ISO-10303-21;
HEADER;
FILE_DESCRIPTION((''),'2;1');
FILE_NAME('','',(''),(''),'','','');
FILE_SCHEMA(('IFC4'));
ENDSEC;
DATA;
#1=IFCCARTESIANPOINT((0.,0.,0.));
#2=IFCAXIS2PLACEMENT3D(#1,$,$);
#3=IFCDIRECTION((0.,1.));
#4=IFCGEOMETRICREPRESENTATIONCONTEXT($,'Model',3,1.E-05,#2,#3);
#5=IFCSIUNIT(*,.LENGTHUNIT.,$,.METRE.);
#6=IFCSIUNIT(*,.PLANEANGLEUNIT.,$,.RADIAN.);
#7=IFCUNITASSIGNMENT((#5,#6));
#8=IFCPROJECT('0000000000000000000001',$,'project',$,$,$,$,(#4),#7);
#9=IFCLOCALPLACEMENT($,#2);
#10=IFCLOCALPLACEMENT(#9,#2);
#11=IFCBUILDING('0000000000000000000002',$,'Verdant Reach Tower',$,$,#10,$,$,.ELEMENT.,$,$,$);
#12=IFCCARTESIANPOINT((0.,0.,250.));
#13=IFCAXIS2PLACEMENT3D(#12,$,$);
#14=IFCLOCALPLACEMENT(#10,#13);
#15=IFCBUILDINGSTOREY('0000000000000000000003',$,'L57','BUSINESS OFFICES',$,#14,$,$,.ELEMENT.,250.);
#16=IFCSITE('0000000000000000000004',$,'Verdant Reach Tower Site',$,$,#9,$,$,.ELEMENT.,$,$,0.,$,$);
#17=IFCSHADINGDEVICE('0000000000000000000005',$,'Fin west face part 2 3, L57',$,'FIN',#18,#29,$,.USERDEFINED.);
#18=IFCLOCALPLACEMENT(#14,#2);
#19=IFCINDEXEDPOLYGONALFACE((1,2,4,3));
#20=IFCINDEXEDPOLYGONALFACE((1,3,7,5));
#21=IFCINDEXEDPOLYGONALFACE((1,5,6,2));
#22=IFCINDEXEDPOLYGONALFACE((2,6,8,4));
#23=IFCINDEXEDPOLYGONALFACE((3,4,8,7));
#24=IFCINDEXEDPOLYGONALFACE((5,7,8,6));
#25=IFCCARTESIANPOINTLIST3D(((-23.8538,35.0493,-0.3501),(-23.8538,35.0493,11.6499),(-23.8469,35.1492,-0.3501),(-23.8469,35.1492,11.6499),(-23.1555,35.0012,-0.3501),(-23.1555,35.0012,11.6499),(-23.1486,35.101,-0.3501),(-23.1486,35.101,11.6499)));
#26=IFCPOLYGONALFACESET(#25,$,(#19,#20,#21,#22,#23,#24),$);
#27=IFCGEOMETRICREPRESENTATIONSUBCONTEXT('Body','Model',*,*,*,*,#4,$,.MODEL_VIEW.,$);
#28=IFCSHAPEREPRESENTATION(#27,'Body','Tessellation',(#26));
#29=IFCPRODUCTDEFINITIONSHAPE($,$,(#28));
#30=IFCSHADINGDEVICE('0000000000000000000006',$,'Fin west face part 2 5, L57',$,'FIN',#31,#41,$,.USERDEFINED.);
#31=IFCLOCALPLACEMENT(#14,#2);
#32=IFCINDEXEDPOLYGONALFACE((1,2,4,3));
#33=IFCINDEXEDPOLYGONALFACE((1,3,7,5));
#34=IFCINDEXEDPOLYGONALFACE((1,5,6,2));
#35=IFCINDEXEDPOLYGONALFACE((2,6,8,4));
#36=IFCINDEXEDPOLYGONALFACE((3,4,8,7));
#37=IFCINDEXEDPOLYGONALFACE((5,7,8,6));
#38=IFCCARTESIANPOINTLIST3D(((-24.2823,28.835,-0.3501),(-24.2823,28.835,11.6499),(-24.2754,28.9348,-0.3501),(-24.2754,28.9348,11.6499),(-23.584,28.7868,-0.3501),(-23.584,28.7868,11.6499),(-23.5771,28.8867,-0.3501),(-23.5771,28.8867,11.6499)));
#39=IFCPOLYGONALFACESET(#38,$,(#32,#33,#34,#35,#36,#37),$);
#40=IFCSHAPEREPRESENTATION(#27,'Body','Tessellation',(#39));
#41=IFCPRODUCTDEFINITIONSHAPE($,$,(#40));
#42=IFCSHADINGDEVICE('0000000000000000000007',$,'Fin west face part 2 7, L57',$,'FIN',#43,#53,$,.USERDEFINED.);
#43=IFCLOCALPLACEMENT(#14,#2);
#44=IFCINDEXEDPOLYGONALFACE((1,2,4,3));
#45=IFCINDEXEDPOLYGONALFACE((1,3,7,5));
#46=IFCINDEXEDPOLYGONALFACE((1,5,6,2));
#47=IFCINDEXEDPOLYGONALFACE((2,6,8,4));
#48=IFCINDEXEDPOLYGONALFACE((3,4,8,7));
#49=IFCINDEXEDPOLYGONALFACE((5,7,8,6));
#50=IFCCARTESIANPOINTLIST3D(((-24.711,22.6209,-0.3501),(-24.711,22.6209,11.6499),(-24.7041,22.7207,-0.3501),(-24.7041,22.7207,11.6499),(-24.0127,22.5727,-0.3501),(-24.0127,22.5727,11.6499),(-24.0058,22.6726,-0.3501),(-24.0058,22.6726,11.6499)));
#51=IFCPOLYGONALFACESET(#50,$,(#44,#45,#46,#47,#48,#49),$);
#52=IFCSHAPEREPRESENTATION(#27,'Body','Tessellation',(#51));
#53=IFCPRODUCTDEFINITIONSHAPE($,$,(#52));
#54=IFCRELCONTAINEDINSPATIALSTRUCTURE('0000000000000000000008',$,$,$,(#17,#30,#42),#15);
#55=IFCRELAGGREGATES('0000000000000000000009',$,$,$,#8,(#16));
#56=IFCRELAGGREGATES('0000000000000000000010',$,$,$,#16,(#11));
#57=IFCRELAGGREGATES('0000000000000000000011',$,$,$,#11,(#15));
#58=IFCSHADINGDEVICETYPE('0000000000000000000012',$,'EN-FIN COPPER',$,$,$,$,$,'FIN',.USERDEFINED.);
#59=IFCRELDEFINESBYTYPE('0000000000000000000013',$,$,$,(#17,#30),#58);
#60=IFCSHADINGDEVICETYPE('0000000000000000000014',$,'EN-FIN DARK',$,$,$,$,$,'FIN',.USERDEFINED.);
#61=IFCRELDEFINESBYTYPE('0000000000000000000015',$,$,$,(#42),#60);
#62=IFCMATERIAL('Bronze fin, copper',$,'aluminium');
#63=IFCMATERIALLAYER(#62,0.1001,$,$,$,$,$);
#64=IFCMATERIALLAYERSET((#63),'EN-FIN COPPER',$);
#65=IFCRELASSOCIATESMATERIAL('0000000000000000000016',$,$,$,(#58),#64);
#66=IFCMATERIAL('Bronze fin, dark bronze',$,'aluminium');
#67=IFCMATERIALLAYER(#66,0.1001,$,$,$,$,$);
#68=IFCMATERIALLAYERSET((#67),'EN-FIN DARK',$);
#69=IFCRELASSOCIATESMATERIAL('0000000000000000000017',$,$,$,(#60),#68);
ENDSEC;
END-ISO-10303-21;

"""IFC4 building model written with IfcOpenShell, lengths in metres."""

from ifc_helpers import new_model, si_unit, direction, frame, origin, origin_2d, place, context, subcontext, project, spatial, rectangle, extrude, material, layer, layer_set, type_object, element, save


model = new_model("IFC4")

# Units and contexts
model_context = context("Model", 3, precision=1e-05, world=origin(), true_north=direction((0.0, 1.0)))
body_context = subcontext(model_context, "Body", "Model", "MODEL_VIEW")
ifc_project = project(units=[si_unit("LENGTHUNIT", "METRE"), si_unit("PLANEANGLEUNIT", "RADIAN")], contexts=[model_context])

# Site, building, storey
site_placement = place(None, origin())
site = spatial("IfcSite", under=ifc_project, at=site_placement, Name="Verdant Reach Tower Site", CompositionType="ELEMENT", RefElevation=0.0)
building_placement = place(site_placement, origin())
building = spatial("IfcBuilding", under=site, at=building_placement, Name="Verdant Reach Tower", CompositionType="ELEMENT")
storey_placement = place(building_placement, frame((0.0, 0.0, 250.0)))
storey = spatial("IfcBuildingStorey", under=building, at=storey_placement, Name="L57", Description="BUSINESS OFFICES", CompositionType="ELEMENT", Elevation=250.0)

# Shading devices
ifc_material_1 = material(Name="Bronze fin, copper", Category="aluminium")
ifc_layer_1 = layer(ifc_material_1, 0.1001)
ifc_layer_set_1 = layer_set([ifc_layer_1], Name="EN-FIN COPPER")
shading_device_type_1 = type_object("IfcShadingDeviceType", Name="EN-FIN COPPER", ElementType="FIN", PredefinedType="USERDEFINED", material=ifc_layer_set_1)
for number, where, z_axis, x_axis, name in (
    (1, (-23.5012, 35.0752, -0.3501), (0.0, 0.0, 1.0), (-0.068802, -0.99763, 0.0), "Fin west face part 2 3, L57"),
    (2, (-23.9297, 28.8608, -0.3501), (0.0, 0.0, 1.0), (-0.068802, -0.99763, 0.0), "Fin west face part 2 5, L57"),
):
    element("IfcShadingDevice", number, at=place(storey_placement, frame(where, z_axis=z_axis, x_axis=x_axis)), inside=storey, type_object=shading_device_type_1, Name=name, ObjectType="FIN", PredefinedType="USERDEFINED", context=body_context, shape_type="SweptSolid", body=[
        extrude(rectangle(XDim=0.1001, YDim=0.7, at=origin_2d()), origin(), (0.0, 0.0, 1.0), 12.0),
    ])
ifc_material_2 = material(Name="Bronze fin, dark bronze", Category="aluminium")
ifc_layer_2 = layer(ifc_material_2, 0.1001)
ifc_layer_set_2 = layer_set([ifc_layer_2], Name="EN-FIN DARK")
shading_device_type_2 = type_object("IfcShadingDeviceType", Name="EN-FIN DARK", ElementType="FIN", PredefinedType="USERDEFINED", material=ifc_layer_set_2)
shading_device_placement = place(storey_placement, frame((-24.3584, 22.6467, -0.3501), z_axis=(0.0, 0.0, 1.0), x_axis=(-0.068802, -0.99763, 0.0)))
element("IfcShadingDevice", 3, at=shading_device_placement, inside=storey, type_object=shading_device_type_2, Name="Fin west face part 2 7, L57", ObjectType="FIN", PredefinedType="USERDEFINED", context=body_context, shape_type="SweptSolid", body=[
    extrude(rectangle(XDim=0.1001, YDim=0.7, at=origin_2d()), origin(), (0.0, 0.0, 1.0), 12.0),
])

save(model, "model.ifc")
